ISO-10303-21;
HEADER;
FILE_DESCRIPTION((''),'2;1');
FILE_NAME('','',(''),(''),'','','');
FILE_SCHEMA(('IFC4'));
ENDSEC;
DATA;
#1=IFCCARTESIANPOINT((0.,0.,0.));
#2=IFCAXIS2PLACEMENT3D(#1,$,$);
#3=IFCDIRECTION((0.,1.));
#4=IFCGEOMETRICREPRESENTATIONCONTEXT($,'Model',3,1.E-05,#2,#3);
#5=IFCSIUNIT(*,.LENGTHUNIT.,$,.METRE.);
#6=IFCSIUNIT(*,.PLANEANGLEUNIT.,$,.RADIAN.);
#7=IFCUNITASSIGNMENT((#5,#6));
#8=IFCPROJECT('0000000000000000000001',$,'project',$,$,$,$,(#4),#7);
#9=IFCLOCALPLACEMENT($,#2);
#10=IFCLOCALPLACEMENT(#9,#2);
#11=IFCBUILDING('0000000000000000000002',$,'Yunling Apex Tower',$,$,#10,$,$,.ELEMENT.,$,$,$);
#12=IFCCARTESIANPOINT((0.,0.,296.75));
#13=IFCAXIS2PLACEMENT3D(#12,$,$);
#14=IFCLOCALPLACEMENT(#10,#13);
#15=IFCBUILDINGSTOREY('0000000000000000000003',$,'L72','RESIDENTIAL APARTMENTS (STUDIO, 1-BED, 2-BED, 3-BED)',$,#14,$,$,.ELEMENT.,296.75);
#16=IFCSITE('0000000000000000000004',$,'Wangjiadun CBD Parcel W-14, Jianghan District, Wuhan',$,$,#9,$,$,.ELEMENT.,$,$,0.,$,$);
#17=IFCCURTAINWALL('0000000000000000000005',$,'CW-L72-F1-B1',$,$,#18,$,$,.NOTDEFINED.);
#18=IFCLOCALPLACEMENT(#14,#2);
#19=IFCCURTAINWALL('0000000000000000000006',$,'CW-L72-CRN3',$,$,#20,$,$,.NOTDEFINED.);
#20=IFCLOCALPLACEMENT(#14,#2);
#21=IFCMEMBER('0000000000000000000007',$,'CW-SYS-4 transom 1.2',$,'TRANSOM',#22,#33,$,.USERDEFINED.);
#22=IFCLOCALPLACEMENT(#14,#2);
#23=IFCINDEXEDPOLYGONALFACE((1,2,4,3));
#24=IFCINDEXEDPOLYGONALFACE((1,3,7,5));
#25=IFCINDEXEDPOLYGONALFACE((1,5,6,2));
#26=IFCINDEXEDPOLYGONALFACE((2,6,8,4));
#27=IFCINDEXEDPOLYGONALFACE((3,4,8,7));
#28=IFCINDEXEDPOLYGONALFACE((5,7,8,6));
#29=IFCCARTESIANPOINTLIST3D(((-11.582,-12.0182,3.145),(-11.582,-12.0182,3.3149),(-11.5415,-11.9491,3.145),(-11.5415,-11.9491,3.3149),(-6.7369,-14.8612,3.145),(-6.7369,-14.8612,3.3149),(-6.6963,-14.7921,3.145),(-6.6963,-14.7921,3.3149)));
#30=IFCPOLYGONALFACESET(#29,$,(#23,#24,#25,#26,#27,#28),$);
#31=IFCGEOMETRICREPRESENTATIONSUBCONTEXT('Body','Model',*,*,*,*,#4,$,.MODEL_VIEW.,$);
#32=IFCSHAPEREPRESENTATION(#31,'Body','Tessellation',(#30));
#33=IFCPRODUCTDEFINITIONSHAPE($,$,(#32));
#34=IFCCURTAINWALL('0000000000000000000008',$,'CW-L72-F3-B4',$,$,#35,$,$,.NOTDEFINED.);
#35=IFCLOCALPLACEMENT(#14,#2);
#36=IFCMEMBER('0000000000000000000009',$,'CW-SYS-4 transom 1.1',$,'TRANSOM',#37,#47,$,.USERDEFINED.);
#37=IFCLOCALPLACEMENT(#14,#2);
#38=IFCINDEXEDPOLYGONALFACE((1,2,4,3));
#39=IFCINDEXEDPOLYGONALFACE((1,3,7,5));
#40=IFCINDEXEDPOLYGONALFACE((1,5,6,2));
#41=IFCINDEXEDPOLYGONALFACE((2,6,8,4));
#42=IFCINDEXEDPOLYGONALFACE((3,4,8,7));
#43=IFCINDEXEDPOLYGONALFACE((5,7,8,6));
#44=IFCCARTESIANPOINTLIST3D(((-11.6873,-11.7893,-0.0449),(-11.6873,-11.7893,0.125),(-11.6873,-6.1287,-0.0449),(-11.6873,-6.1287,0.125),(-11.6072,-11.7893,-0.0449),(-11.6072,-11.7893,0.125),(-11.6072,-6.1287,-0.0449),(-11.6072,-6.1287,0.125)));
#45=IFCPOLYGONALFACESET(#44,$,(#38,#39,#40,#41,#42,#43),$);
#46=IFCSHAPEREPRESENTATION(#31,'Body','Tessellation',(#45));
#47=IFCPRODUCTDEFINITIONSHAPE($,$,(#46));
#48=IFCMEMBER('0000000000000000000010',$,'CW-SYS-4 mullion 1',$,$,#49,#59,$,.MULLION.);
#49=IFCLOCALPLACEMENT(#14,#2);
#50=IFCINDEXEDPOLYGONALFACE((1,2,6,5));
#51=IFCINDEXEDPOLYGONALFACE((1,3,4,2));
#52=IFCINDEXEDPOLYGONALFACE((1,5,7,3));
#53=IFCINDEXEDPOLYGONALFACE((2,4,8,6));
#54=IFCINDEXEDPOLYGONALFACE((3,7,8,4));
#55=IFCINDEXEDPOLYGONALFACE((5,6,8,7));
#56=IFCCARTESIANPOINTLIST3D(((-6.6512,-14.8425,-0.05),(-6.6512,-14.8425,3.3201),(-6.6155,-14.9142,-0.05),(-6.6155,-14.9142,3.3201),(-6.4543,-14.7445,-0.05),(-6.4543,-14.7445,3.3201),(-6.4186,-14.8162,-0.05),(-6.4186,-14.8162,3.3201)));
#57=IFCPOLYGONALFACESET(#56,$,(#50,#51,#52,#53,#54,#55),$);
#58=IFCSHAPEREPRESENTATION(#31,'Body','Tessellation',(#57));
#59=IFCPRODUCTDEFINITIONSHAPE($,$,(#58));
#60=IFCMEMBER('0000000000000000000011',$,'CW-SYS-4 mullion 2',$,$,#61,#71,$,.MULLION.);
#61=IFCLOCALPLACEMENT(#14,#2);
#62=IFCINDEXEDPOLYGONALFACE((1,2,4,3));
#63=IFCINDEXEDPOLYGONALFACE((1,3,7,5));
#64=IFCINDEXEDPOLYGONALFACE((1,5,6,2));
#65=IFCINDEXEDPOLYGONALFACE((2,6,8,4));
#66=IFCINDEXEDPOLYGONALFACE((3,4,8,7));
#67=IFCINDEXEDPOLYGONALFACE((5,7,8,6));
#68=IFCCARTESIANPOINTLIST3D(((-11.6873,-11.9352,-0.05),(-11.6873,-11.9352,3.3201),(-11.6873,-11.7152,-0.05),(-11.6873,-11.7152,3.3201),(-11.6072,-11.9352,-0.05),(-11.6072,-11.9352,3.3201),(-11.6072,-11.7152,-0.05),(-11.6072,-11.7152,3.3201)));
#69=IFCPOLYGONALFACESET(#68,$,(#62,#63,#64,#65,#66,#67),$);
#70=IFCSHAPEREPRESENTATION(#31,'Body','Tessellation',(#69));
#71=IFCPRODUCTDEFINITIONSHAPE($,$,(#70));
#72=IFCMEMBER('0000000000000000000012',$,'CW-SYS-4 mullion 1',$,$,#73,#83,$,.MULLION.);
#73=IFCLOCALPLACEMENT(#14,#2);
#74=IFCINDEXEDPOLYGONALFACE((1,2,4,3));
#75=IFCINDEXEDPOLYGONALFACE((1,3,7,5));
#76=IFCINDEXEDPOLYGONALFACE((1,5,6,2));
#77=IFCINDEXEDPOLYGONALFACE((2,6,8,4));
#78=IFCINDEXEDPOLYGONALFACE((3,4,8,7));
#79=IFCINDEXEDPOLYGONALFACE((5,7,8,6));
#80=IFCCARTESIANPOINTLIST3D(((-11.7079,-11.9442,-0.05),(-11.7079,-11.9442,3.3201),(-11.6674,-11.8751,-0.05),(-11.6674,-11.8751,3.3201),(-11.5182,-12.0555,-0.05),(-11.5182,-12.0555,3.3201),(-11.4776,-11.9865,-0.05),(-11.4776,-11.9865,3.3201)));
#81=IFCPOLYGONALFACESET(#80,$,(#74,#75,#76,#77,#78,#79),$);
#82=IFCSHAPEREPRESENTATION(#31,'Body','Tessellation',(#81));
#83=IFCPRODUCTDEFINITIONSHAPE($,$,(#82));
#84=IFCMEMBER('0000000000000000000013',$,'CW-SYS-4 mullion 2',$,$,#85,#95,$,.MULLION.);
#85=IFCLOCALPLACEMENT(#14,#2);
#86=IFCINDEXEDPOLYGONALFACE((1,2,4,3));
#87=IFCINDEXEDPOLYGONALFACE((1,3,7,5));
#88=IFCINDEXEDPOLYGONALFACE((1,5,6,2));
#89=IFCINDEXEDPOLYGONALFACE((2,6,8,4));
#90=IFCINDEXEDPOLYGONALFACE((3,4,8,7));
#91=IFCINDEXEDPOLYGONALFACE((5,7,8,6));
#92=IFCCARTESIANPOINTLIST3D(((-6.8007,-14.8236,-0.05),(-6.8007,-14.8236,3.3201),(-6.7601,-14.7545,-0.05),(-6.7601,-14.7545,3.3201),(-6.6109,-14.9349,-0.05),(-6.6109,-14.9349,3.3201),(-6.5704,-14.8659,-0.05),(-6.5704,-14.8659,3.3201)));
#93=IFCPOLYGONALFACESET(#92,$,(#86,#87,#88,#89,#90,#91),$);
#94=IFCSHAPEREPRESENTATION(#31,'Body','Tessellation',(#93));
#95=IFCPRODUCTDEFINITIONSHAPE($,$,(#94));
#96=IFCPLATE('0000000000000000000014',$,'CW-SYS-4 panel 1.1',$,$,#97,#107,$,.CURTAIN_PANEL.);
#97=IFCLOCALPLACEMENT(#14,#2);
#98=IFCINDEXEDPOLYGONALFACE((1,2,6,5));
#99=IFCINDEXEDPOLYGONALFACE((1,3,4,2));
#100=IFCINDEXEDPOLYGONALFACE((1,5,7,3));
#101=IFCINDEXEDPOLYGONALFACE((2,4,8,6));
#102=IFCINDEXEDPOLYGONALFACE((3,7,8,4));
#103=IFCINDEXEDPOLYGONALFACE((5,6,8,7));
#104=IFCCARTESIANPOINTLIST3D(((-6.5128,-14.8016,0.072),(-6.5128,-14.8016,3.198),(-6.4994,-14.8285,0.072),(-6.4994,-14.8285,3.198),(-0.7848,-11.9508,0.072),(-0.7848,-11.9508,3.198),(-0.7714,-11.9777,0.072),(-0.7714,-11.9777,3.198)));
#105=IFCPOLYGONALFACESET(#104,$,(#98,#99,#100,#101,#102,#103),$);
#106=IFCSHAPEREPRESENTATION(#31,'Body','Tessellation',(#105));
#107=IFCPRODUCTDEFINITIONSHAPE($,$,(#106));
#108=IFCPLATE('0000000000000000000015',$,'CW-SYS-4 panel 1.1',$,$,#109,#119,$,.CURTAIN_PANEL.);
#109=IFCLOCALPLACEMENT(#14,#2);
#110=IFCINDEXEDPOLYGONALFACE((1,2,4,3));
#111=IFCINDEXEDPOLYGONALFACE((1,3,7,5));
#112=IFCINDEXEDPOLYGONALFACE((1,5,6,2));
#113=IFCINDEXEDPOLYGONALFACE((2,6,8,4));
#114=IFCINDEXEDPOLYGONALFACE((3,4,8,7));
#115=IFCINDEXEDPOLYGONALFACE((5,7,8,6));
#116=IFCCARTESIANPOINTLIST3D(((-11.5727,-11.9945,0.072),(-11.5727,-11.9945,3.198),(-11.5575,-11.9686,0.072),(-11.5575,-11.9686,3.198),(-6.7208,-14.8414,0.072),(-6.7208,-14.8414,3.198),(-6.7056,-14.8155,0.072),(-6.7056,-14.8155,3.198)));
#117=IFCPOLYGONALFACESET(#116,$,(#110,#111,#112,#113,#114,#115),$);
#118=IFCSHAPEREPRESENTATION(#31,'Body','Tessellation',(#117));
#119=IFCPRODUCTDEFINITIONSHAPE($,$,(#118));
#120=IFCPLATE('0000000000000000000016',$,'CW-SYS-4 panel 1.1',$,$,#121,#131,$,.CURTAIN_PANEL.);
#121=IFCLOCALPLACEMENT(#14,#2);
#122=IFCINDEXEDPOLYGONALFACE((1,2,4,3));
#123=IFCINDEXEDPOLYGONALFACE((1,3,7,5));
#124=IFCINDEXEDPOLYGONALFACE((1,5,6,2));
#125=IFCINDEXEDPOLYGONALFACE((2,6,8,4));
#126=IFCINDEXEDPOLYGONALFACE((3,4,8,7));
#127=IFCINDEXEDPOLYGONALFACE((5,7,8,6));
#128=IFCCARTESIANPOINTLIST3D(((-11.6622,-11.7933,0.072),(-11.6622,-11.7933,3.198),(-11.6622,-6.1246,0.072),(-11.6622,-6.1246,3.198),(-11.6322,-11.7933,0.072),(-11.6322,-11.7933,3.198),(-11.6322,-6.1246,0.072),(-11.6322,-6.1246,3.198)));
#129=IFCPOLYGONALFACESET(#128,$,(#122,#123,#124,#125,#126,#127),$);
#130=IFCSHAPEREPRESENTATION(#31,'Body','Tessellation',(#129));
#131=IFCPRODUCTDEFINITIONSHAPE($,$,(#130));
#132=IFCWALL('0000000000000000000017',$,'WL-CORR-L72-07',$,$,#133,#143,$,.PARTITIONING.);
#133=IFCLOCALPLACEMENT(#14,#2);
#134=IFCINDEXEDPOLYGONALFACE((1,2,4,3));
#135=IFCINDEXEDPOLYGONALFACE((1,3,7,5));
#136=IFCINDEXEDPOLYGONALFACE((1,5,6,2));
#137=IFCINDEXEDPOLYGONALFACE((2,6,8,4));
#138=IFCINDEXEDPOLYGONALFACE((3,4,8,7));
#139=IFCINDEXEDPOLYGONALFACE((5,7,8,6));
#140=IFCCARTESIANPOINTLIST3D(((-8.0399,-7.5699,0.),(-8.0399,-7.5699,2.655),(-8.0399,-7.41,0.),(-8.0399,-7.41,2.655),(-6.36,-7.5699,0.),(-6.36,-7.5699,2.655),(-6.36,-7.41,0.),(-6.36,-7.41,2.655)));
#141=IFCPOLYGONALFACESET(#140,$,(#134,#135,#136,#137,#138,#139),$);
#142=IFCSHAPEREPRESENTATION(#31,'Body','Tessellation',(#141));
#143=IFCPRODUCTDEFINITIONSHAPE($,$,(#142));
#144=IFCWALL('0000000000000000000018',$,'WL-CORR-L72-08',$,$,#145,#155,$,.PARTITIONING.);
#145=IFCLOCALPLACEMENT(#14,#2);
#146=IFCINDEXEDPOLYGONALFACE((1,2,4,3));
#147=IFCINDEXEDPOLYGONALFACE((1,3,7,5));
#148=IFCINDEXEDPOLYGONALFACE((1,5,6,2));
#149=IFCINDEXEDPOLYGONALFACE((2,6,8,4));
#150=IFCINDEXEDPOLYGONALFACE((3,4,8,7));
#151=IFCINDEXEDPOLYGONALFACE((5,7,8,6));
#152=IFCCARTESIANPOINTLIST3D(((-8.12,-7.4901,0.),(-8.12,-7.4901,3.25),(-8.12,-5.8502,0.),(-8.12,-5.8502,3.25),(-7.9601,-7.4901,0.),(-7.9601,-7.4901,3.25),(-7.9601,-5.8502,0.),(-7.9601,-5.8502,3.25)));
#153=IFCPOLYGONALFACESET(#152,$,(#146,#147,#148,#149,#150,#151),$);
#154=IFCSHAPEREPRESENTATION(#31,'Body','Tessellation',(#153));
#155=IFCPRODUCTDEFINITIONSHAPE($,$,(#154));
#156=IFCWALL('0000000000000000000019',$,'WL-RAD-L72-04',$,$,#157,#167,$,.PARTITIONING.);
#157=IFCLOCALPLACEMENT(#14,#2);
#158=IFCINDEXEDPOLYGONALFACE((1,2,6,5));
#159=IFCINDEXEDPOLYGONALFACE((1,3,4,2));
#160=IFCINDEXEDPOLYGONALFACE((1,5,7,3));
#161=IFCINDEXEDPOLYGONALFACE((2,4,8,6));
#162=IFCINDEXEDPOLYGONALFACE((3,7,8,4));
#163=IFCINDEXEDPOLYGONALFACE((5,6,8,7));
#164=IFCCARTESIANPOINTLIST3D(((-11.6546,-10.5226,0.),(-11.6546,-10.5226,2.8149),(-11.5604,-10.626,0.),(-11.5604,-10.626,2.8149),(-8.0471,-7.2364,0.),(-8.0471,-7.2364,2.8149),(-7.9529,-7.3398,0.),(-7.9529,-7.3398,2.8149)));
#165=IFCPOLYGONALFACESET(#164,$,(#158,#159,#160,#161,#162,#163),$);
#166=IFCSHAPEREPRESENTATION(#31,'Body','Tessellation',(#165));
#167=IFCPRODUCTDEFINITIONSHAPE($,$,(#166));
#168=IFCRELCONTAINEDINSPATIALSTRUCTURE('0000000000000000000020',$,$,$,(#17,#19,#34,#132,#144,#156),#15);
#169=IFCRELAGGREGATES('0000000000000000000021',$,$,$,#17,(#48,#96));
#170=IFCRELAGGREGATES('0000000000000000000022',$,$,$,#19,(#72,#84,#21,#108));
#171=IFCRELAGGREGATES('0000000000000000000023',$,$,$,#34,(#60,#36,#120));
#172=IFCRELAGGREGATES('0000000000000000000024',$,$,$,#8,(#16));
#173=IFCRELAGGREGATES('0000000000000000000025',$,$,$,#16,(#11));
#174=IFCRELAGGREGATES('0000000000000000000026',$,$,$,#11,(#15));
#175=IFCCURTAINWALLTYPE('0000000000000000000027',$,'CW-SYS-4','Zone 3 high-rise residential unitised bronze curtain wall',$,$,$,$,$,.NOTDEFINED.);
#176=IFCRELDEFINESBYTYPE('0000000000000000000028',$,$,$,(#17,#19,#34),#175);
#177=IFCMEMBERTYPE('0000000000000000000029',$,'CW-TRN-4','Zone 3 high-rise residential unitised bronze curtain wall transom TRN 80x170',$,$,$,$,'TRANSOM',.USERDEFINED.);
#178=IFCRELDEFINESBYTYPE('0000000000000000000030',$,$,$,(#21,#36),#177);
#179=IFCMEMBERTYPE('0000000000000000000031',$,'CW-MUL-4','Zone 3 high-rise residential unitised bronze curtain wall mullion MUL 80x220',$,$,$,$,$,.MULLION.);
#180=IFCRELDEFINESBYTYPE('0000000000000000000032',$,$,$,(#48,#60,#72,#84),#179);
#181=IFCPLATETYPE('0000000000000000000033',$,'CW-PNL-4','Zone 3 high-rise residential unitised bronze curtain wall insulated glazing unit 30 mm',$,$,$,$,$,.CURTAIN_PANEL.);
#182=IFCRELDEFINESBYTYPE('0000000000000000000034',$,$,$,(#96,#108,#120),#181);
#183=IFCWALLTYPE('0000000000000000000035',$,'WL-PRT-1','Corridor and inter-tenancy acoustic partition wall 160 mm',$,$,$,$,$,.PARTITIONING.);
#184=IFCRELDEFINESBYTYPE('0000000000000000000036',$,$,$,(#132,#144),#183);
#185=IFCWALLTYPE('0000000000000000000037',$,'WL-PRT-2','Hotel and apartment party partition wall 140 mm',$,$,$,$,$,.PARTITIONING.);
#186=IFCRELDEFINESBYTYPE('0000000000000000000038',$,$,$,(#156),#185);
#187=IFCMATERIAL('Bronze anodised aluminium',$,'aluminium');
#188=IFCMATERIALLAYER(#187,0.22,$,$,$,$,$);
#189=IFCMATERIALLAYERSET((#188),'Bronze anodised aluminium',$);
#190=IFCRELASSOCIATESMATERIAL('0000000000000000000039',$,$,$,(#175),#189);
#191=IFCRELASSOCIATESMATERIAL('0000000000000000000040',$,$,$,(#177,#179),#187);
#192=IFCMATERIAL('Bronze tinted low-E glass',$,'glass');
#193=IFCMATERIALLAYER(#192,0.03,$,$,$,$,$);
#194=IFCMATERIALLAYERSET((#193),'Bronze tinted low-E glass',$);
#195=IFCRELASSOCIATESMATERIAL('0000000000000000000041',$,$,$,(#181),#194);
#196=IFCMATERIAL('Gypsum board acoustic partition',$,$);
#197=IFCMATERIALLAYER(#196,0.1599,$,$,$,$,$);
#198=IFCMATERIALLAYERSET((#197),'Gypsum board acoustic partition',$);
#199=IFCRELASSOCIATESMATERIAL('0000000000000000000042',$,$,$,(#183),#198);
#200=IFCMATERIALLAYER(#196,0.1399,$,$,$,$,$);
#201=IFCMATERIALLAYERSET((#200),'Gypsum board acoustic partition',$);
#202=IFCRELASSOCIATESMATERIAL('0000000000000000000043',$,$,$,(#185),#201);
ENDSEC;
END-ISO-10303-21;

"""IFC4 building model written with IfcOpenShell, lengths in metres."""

from ifc_helpers import new_model, si_unit, direction, frame, frame_2d, origin, origin_2d, place, context, subcontext, project, spatial, rectangle, extrude, source, transform, mapped, material, layer, layer_set, material_profile, profile_set, type_object, element, aggregate, save


model = new_model("IFC4")

# Units and contexts
model_context = context("Model", 3, precision=1e-05, world=origin(), true_north=direction((0.0, 1.0)))
body_context = subcontext(model_context, "Body", "Model", "MODEL_VIEW")
ifc_project = project(units=[si_unit("LENGTHUNIT", "METRE"), si_unit("PLANEANGLEUNIT", "RADIAN")], contexts=[model_context])

# Site, building, storey
site_placement = place(None, origin())
site = spatial("IfcSite", under=ifc_project, at=site_placement, Name="Wangjiadun CBD Parcel W-14, Jianghan District, Wuhan", CompositionType="ELEMENT", RefElevation=0.0)
building_placement = place(site_placement, origin())
building = spatial("IfcBuilding", under=site, at=building_placement, Name="Yunling Apex Tower", CompositionType="ELEMENT")
storey_placement = place(building_placement, frame((0.0, 0.0, 296.75)))
storey = spatial("IfcBuildingStorey", under=building, at=storey_placement, Name="L72", Description="RESIDENTIAL APARTMENTS (STUDIO, 1-BED, 2-BED, 3-BED)", CompositionType="ELEMENT", Elevation=296.75)

# Curtain walls, member
ifc_material_1 = material(Name="Bronze anodised aluminium", Category="aluminium")
ifc_layer_1 = layer(ifc_material_1, 0.22)
ifc_layer_set_1 = layer_set([ifc_layer_1], Name="Bronze anodised aluminium")
curtain_wall_type = type_object("IfcCurtainWallType", Name="CW-SYS-4", Description="Zone 3 high-rise residential unitised bronze curtain wall", PredefinedType="NOTDEFINED", material=ifc_layer_set_1)
curtain_wall_1_placement = place(storey_placement, origin())
curtain_wall_1 = element("IfcCurtainWall", 1, at=curtain_wall_1_placement, inside=storey, type_object=curtain_wall_type, Name="CW-L72-F1-B1", PredefinedType="NOTDEFINED")
ifc_material_profile_1 = material_profile(ifc_material_1, rectangle(XDim=0.0801, YDim=0.1699, at=origin_2d()))
ifc_profile_set_1 = profile_set([ifc_material_profile_1], Name="Bronze anodised aluminium")
member_type_1 = type_object("IfcMemberType", Name="CW-TRN-4", Description="Zone 3 high-rise residential unitised bronze curtain wall transom TRN 80x170", ElementType="TRANSOM", PredefinedType="USERDEFINED", material=ifc_profile_set_1)
curtain_wall_2_placement = place(storey_placement, origin())
curtain_wall_2 = element("IfcCurtainWall", 2, at=curtain_wall_2_placement, inside=storey, type_object=curtain_wall_type, Name="CW-L72-CRN3", PredefinedType="NOTDEFINED")
shared_shape_1 = source(origin(), body_context, "Body", "SweptSolid", [
    extrude(rectangle(XDim=0.0801, YDim=0.1699, at=origin_2d()), origin(), (0.0, 0.0, 1.0), 5.6177),
])
member_1_placement = place(storey_placement, frame((-11.5618, -11.9836, 3.23), z_axis=(0.862487, -0.50608, 0.0), x_axis=(0.50608, 0.862487, 0.0)))
member_1 = element("IfcMember", 3, at=member_1_placement, type_object=member_type_1, Name="CW-SYS-4 transom 1.2", ObjectType="TRANSOM", PredefinedType="USERDEFINED", context=body_context, shape_type="MappedRepresentation", body=[
    mapped(shared_shape_1, transform((0.0, 0.0, 0.0), scale=1.0)),
])

# Curtain wall, member
curtain_wall_3_placement = place(storey_placement, origin())
curtain_wall_3 = element("IfcCurtainWall", 4, at=curtain_wall_3_placement, inside=storey, type_object=curtain_wall_type, Name="CW-L72-F3-B4", PredefinedType="NOTDEFINED")
shared_shape_2 = source(origin(), body_context, "Body", "SweptSolid", [
    extrude(rectangle(XDim=0.0801, YDim=0.1699, at=origin_2d()), origin(), (0.0, 0.0, 1.0), 5.6606),
])
member_2_placement = place(storey_placement, frame((-11.6472, -6.1287, 0.04), z_axis=(0.0, -1.0, 0.0), x_axis=(1.0, 0.0, 0.0)))
member_2 = element("IfcMember", 5, at=member_2_placement, type_object=member_type_1, Name="CW-SYS-4 transom 1.1", ObjectType="TRANSOM", PredefinedType="USERDEFINED", context=body_context, shape_type="MappedRepresentation", body=[
    mapped(shared_shape_2, transform((0.0, 0.0, 0.0), scale=1.0)),
])

# Members
ifc_material_profile_2 = material_profile(ifc_material_1, rectangle(XDim=0.0801, YDim=0.22, at=origin_2d()))
ifc_profile_set_2 = profile_set([ifc_material_profile_2], Name="Bronze anodised aluminium")
member_type_2 = type_object("IfcMemberType", Name="CW-MUL-4", Description="Zone 3 high-rise residential unitised bronze curtain wall mullion MUL 80x220", PredefinedType="MULLION", material=ifc_profile_set_2)
shared_shape_3 = source(origin(), body_context, "Body", "SweptSolid", [
    extrude(rectangle(XDim=0.0801, YDim=0.22, at=origin_2d()), origin(), (0.0, 0.0, 1.0), 3.3701),
])
member_3_placement = place(storey_placement, frame((-6.5349, -14.8293, -0.05), z_axis=(0.0, 0.0, 1.0), x_axis=(-0.445568, 0.895248, 0.0)))
member_3 = element("IfcMember", 6, at=member_3_placement, type_object=member_type_2, Name="CW-SYS-4 mullion 1", PredefinedType="MULLION", context=body_context, shape_type="MappedRepresentation", body=[
    mapped(shared_shape_3, transform((0.0, 0.0, 0.0), scale=1.0)),
])
member_4_placement = place(storey_placement, frame((-11.6472, -11.8252, -0.05), z_axis=(0.0, 0.0, 1.0), x_axis=(1.0, 0.0, 0.0)))
member_4 = element("IfcMember", 7, at=member_4_placement, type_object=member_type_2, Name="CW-SYS-4 mullion 2", PredefinedType="MULLION", context=body_context, shape_type="MappedRepresentation", body=[
    mapped(shared_shape_3, transform((0.0, 0.0, 0.0), scale=1.0)),
])
member_5_placement = place(storey_placement, frame((-11.5928, -11.9653, -0.05), z_axis=(0.0, 0.0, 1.0), x_axis=(0.50607, 0.862492, 0.0)))
member_5 = element("IfcMember", 8, at=member_5_placement, type_object=member_type_2, Name="CW-SYS-4 mullion 1", PredefinedType="MULLION", context=body_context, shape_type="MappedRepresentation", body=[
    mapped(shared_shape_3, transform((0.0, 0.0, 0.0), scale=1.0)),
])
member_6_placement = place(storey_placement, frame((-6.6855, -14.8447, -0.05), z_axis=(0.0, 0.0, 1.0), x_axis=(0.50607, 0.862492, 0.0)))
member_6 = element("IfcMember", 9, at=member_6_placement, type_object=member_type_2, Name="CW-SYS-4 mullion 2", PredefinedType="MULLION", context=body_context, shape_type="MappedRepresentation", body=[
    mapped(shared_shape_3, transform((0.0, 0.0, 0.0), scale=1.0)),
])

# Plates
ifc_material_2 = material(Name="Bronze tinted low-E glass", Category="glass")
ifc_layer_2 = layer(ifc_material_2, 0.03)
ifc_layer_set_2 = layer_set([ifc_layer_2], Name="Bronze tinted low-E glass")
plate_type = type_object("IfcPlateType", Name="CW-PNL-4", Description="Zone 3 high-rise residential unitised bronze curtain wall insulated glazing unit 30 mm", PredefinedType="CURTAIN_PANEL", material=ifc_layer_set_2)
shared_shape_4 = source(origin(), body_context, "Body", "SweptSolid", [
    extrude(rectangle(XDim=6.3982, YDim=0.03, at=origin_2d()), origin(), (0.0, 0.0, 1.0), 3.126),
])
plate_1_placement = place(storey_placement, frame((-3.6421, -13.3896, 0.072), z_axis=(0.0, 0.0, 1.0), x_axis=(0.895248, 0.445568, 0.0)))
plate_1 = element("IfcPlate", 10, at=plate_1_placement, type_object=plate_type, Name="CW-SYS-4 panel 1.1", PredefinedType="CURTAIN_PANEL", context=body_context, shape_type="MappedRepresentation", body=[
    mapped(shared_shape_4, transform((0.0, 0.0, 0.0), scale=1.0)),
])
aggregate(curtain_wall_1, [member_3, plate_1])
shared_shape_5 = source(origin(), body_context, "Body", "SweptSolid", [
    extrude(rectangle(XDim=5.6255, YDim=0.03, at=origin_2d()), origin(), (0.0, 0.0, 1.0), 3.126),
])
plate_2_placement = place(storey_placement, frame((-9.1392, -13.405, 0.072), z_axis=(0.0, 0.0, 1.0), x_axis=(0.862492, -0.50607, 0.0)))
plate_2 = element("IfcPlate", 11, at=plate_2_placement, type_object=plate_type, Name="CW-SYS-4 panel 1.1", PredefinedType="CURTAIN_PANEL", context=body_context, shape_type="MappedRepresentation", body=[
    mapped(shared_shape_5, transform((0.0, 0.0, 0.0), scale=1.0)),
])
aggregate(curtain_wall_2, [member_5, member_6, member_1, plate_2])
shared_shape_6 = source(origin(), body_context, "Body", "SweptSolid", [
    extrude(rectangle(XDim=5.6687, YDim=0.03, at=origin_2d()), origin(), (0.0, 0.0, 1.0), 3.126),
])
plate_3_placement = place(storey_placement, frame((-11.6472, -8.959, 0.072), z_axis=(0.0, 0.0, 1.0), x_axis=(0.0, -1.0, 0.0)))
plate_3 = element("IfcPlate", 12, at=plate_3_placement, type_object=plate_type, Name="CW-SYS-4 panel 1.1", PredefinedType="CURTAIN_PANEL", context=body_context, shape_type="MappedRepresentation", body=[
    mapped(shared_shape_6, transform((0.0, 0.0, 0.0), scale=1.0)),
])
aggregate(curtain_wall_3, [member_4, member_2, plate_3])

# Walls
ifc_material_3 = material(Name="Gypsum board acoustic partition")
ifc_layer_3 = layer(ifc_material_3, 0.1599)
ifc_layer_set_3 = layer_set([ifc_layer_3], Name="Gypsum board acoustic partition")
wall_type_1 = type_object("IfcWallType", Name="WL-PRT-1", Description="Corridor and inter-tenancy acoustic partition wall 160 mm", PredefinedType="PARTITIONING", material=ifc_layer_set_3)
wall_1_placement = place(storey_placement, frame((-6.3601, -7.49, 0.0), z_axis=(0.0, 0.0, 1.0), x_axis=(-1.0, 0.0, 0.0)))
element("IfcWall", 13, at=wall_1_placement, inside=storey, type_object=wall_type_1, Name="WL-CORR-L72-07", PredefinedType="PARTITIONING", context=body_context, shape_type="SweptSolid", body=[
    extrude(rectangle(XDim=1.6799, YDim=0.1599, at=frame_2d((0.8398, 0.0))), origin(), (0.0, 0.0, 1.0), 2.655),
])
wall_2_placement = place(storey_placement, frame((-8.04, -7.49, 0.0), z_axis=(0.0, 0.0, 1.0), x_axis=(0.0, 1.0, 0.0)))
element("IfcWall", 14, at=wall_2_placement, inside=storey, type_object=wall_type_1, Name="WL-CORR-L72-08", PredefinedType="PARTITIONING", context=body_context, shape_type="SweptSolid", body=[
    extrude(rectangle(XDim=1.6399, YDim=0.1599, at=frame_2d((0.8198, 0.0))), origin(), (0.0, 0.0, 1.0), 3.25),
])
ifc_layer_4 = layer(ifc_material_3, 0.1399)
ifc_layer_set_4 = layer_set([ifc_layer_4], Name="Gypsum board acoustic partition")
wall_type_2 = type_object("IfcWallType", Name="WL-PRT-2", Description="Hotel and apartment party partition wall 140 mm", PredefinedType="PARTITIONING", material=ifc_layer_set_4)
wall_3_placement = place(storey_placement, frame((-8.0, -7.2881, 0.0), z_axis=(0.0, 0.0, 1.0), x_axis=(-0.739261, -0.67342, 0.0)))
element("IfcWall", 15, at=wall_3_placement, inside=storey, type_object=wall_type_2, Name="WL-RAD-L72-04", PredefinedType="PARTITIONING", context=body_context, shape_type="SweptSolid", body=[
    extrude(rectangle(XDim=4.8799, YDim=0.1399, at=frame_2d((2.4399, 0.0))), origin(), (0.0, 0.0, 1.0), 2.8149),
])

save(model, "model.ifc")
